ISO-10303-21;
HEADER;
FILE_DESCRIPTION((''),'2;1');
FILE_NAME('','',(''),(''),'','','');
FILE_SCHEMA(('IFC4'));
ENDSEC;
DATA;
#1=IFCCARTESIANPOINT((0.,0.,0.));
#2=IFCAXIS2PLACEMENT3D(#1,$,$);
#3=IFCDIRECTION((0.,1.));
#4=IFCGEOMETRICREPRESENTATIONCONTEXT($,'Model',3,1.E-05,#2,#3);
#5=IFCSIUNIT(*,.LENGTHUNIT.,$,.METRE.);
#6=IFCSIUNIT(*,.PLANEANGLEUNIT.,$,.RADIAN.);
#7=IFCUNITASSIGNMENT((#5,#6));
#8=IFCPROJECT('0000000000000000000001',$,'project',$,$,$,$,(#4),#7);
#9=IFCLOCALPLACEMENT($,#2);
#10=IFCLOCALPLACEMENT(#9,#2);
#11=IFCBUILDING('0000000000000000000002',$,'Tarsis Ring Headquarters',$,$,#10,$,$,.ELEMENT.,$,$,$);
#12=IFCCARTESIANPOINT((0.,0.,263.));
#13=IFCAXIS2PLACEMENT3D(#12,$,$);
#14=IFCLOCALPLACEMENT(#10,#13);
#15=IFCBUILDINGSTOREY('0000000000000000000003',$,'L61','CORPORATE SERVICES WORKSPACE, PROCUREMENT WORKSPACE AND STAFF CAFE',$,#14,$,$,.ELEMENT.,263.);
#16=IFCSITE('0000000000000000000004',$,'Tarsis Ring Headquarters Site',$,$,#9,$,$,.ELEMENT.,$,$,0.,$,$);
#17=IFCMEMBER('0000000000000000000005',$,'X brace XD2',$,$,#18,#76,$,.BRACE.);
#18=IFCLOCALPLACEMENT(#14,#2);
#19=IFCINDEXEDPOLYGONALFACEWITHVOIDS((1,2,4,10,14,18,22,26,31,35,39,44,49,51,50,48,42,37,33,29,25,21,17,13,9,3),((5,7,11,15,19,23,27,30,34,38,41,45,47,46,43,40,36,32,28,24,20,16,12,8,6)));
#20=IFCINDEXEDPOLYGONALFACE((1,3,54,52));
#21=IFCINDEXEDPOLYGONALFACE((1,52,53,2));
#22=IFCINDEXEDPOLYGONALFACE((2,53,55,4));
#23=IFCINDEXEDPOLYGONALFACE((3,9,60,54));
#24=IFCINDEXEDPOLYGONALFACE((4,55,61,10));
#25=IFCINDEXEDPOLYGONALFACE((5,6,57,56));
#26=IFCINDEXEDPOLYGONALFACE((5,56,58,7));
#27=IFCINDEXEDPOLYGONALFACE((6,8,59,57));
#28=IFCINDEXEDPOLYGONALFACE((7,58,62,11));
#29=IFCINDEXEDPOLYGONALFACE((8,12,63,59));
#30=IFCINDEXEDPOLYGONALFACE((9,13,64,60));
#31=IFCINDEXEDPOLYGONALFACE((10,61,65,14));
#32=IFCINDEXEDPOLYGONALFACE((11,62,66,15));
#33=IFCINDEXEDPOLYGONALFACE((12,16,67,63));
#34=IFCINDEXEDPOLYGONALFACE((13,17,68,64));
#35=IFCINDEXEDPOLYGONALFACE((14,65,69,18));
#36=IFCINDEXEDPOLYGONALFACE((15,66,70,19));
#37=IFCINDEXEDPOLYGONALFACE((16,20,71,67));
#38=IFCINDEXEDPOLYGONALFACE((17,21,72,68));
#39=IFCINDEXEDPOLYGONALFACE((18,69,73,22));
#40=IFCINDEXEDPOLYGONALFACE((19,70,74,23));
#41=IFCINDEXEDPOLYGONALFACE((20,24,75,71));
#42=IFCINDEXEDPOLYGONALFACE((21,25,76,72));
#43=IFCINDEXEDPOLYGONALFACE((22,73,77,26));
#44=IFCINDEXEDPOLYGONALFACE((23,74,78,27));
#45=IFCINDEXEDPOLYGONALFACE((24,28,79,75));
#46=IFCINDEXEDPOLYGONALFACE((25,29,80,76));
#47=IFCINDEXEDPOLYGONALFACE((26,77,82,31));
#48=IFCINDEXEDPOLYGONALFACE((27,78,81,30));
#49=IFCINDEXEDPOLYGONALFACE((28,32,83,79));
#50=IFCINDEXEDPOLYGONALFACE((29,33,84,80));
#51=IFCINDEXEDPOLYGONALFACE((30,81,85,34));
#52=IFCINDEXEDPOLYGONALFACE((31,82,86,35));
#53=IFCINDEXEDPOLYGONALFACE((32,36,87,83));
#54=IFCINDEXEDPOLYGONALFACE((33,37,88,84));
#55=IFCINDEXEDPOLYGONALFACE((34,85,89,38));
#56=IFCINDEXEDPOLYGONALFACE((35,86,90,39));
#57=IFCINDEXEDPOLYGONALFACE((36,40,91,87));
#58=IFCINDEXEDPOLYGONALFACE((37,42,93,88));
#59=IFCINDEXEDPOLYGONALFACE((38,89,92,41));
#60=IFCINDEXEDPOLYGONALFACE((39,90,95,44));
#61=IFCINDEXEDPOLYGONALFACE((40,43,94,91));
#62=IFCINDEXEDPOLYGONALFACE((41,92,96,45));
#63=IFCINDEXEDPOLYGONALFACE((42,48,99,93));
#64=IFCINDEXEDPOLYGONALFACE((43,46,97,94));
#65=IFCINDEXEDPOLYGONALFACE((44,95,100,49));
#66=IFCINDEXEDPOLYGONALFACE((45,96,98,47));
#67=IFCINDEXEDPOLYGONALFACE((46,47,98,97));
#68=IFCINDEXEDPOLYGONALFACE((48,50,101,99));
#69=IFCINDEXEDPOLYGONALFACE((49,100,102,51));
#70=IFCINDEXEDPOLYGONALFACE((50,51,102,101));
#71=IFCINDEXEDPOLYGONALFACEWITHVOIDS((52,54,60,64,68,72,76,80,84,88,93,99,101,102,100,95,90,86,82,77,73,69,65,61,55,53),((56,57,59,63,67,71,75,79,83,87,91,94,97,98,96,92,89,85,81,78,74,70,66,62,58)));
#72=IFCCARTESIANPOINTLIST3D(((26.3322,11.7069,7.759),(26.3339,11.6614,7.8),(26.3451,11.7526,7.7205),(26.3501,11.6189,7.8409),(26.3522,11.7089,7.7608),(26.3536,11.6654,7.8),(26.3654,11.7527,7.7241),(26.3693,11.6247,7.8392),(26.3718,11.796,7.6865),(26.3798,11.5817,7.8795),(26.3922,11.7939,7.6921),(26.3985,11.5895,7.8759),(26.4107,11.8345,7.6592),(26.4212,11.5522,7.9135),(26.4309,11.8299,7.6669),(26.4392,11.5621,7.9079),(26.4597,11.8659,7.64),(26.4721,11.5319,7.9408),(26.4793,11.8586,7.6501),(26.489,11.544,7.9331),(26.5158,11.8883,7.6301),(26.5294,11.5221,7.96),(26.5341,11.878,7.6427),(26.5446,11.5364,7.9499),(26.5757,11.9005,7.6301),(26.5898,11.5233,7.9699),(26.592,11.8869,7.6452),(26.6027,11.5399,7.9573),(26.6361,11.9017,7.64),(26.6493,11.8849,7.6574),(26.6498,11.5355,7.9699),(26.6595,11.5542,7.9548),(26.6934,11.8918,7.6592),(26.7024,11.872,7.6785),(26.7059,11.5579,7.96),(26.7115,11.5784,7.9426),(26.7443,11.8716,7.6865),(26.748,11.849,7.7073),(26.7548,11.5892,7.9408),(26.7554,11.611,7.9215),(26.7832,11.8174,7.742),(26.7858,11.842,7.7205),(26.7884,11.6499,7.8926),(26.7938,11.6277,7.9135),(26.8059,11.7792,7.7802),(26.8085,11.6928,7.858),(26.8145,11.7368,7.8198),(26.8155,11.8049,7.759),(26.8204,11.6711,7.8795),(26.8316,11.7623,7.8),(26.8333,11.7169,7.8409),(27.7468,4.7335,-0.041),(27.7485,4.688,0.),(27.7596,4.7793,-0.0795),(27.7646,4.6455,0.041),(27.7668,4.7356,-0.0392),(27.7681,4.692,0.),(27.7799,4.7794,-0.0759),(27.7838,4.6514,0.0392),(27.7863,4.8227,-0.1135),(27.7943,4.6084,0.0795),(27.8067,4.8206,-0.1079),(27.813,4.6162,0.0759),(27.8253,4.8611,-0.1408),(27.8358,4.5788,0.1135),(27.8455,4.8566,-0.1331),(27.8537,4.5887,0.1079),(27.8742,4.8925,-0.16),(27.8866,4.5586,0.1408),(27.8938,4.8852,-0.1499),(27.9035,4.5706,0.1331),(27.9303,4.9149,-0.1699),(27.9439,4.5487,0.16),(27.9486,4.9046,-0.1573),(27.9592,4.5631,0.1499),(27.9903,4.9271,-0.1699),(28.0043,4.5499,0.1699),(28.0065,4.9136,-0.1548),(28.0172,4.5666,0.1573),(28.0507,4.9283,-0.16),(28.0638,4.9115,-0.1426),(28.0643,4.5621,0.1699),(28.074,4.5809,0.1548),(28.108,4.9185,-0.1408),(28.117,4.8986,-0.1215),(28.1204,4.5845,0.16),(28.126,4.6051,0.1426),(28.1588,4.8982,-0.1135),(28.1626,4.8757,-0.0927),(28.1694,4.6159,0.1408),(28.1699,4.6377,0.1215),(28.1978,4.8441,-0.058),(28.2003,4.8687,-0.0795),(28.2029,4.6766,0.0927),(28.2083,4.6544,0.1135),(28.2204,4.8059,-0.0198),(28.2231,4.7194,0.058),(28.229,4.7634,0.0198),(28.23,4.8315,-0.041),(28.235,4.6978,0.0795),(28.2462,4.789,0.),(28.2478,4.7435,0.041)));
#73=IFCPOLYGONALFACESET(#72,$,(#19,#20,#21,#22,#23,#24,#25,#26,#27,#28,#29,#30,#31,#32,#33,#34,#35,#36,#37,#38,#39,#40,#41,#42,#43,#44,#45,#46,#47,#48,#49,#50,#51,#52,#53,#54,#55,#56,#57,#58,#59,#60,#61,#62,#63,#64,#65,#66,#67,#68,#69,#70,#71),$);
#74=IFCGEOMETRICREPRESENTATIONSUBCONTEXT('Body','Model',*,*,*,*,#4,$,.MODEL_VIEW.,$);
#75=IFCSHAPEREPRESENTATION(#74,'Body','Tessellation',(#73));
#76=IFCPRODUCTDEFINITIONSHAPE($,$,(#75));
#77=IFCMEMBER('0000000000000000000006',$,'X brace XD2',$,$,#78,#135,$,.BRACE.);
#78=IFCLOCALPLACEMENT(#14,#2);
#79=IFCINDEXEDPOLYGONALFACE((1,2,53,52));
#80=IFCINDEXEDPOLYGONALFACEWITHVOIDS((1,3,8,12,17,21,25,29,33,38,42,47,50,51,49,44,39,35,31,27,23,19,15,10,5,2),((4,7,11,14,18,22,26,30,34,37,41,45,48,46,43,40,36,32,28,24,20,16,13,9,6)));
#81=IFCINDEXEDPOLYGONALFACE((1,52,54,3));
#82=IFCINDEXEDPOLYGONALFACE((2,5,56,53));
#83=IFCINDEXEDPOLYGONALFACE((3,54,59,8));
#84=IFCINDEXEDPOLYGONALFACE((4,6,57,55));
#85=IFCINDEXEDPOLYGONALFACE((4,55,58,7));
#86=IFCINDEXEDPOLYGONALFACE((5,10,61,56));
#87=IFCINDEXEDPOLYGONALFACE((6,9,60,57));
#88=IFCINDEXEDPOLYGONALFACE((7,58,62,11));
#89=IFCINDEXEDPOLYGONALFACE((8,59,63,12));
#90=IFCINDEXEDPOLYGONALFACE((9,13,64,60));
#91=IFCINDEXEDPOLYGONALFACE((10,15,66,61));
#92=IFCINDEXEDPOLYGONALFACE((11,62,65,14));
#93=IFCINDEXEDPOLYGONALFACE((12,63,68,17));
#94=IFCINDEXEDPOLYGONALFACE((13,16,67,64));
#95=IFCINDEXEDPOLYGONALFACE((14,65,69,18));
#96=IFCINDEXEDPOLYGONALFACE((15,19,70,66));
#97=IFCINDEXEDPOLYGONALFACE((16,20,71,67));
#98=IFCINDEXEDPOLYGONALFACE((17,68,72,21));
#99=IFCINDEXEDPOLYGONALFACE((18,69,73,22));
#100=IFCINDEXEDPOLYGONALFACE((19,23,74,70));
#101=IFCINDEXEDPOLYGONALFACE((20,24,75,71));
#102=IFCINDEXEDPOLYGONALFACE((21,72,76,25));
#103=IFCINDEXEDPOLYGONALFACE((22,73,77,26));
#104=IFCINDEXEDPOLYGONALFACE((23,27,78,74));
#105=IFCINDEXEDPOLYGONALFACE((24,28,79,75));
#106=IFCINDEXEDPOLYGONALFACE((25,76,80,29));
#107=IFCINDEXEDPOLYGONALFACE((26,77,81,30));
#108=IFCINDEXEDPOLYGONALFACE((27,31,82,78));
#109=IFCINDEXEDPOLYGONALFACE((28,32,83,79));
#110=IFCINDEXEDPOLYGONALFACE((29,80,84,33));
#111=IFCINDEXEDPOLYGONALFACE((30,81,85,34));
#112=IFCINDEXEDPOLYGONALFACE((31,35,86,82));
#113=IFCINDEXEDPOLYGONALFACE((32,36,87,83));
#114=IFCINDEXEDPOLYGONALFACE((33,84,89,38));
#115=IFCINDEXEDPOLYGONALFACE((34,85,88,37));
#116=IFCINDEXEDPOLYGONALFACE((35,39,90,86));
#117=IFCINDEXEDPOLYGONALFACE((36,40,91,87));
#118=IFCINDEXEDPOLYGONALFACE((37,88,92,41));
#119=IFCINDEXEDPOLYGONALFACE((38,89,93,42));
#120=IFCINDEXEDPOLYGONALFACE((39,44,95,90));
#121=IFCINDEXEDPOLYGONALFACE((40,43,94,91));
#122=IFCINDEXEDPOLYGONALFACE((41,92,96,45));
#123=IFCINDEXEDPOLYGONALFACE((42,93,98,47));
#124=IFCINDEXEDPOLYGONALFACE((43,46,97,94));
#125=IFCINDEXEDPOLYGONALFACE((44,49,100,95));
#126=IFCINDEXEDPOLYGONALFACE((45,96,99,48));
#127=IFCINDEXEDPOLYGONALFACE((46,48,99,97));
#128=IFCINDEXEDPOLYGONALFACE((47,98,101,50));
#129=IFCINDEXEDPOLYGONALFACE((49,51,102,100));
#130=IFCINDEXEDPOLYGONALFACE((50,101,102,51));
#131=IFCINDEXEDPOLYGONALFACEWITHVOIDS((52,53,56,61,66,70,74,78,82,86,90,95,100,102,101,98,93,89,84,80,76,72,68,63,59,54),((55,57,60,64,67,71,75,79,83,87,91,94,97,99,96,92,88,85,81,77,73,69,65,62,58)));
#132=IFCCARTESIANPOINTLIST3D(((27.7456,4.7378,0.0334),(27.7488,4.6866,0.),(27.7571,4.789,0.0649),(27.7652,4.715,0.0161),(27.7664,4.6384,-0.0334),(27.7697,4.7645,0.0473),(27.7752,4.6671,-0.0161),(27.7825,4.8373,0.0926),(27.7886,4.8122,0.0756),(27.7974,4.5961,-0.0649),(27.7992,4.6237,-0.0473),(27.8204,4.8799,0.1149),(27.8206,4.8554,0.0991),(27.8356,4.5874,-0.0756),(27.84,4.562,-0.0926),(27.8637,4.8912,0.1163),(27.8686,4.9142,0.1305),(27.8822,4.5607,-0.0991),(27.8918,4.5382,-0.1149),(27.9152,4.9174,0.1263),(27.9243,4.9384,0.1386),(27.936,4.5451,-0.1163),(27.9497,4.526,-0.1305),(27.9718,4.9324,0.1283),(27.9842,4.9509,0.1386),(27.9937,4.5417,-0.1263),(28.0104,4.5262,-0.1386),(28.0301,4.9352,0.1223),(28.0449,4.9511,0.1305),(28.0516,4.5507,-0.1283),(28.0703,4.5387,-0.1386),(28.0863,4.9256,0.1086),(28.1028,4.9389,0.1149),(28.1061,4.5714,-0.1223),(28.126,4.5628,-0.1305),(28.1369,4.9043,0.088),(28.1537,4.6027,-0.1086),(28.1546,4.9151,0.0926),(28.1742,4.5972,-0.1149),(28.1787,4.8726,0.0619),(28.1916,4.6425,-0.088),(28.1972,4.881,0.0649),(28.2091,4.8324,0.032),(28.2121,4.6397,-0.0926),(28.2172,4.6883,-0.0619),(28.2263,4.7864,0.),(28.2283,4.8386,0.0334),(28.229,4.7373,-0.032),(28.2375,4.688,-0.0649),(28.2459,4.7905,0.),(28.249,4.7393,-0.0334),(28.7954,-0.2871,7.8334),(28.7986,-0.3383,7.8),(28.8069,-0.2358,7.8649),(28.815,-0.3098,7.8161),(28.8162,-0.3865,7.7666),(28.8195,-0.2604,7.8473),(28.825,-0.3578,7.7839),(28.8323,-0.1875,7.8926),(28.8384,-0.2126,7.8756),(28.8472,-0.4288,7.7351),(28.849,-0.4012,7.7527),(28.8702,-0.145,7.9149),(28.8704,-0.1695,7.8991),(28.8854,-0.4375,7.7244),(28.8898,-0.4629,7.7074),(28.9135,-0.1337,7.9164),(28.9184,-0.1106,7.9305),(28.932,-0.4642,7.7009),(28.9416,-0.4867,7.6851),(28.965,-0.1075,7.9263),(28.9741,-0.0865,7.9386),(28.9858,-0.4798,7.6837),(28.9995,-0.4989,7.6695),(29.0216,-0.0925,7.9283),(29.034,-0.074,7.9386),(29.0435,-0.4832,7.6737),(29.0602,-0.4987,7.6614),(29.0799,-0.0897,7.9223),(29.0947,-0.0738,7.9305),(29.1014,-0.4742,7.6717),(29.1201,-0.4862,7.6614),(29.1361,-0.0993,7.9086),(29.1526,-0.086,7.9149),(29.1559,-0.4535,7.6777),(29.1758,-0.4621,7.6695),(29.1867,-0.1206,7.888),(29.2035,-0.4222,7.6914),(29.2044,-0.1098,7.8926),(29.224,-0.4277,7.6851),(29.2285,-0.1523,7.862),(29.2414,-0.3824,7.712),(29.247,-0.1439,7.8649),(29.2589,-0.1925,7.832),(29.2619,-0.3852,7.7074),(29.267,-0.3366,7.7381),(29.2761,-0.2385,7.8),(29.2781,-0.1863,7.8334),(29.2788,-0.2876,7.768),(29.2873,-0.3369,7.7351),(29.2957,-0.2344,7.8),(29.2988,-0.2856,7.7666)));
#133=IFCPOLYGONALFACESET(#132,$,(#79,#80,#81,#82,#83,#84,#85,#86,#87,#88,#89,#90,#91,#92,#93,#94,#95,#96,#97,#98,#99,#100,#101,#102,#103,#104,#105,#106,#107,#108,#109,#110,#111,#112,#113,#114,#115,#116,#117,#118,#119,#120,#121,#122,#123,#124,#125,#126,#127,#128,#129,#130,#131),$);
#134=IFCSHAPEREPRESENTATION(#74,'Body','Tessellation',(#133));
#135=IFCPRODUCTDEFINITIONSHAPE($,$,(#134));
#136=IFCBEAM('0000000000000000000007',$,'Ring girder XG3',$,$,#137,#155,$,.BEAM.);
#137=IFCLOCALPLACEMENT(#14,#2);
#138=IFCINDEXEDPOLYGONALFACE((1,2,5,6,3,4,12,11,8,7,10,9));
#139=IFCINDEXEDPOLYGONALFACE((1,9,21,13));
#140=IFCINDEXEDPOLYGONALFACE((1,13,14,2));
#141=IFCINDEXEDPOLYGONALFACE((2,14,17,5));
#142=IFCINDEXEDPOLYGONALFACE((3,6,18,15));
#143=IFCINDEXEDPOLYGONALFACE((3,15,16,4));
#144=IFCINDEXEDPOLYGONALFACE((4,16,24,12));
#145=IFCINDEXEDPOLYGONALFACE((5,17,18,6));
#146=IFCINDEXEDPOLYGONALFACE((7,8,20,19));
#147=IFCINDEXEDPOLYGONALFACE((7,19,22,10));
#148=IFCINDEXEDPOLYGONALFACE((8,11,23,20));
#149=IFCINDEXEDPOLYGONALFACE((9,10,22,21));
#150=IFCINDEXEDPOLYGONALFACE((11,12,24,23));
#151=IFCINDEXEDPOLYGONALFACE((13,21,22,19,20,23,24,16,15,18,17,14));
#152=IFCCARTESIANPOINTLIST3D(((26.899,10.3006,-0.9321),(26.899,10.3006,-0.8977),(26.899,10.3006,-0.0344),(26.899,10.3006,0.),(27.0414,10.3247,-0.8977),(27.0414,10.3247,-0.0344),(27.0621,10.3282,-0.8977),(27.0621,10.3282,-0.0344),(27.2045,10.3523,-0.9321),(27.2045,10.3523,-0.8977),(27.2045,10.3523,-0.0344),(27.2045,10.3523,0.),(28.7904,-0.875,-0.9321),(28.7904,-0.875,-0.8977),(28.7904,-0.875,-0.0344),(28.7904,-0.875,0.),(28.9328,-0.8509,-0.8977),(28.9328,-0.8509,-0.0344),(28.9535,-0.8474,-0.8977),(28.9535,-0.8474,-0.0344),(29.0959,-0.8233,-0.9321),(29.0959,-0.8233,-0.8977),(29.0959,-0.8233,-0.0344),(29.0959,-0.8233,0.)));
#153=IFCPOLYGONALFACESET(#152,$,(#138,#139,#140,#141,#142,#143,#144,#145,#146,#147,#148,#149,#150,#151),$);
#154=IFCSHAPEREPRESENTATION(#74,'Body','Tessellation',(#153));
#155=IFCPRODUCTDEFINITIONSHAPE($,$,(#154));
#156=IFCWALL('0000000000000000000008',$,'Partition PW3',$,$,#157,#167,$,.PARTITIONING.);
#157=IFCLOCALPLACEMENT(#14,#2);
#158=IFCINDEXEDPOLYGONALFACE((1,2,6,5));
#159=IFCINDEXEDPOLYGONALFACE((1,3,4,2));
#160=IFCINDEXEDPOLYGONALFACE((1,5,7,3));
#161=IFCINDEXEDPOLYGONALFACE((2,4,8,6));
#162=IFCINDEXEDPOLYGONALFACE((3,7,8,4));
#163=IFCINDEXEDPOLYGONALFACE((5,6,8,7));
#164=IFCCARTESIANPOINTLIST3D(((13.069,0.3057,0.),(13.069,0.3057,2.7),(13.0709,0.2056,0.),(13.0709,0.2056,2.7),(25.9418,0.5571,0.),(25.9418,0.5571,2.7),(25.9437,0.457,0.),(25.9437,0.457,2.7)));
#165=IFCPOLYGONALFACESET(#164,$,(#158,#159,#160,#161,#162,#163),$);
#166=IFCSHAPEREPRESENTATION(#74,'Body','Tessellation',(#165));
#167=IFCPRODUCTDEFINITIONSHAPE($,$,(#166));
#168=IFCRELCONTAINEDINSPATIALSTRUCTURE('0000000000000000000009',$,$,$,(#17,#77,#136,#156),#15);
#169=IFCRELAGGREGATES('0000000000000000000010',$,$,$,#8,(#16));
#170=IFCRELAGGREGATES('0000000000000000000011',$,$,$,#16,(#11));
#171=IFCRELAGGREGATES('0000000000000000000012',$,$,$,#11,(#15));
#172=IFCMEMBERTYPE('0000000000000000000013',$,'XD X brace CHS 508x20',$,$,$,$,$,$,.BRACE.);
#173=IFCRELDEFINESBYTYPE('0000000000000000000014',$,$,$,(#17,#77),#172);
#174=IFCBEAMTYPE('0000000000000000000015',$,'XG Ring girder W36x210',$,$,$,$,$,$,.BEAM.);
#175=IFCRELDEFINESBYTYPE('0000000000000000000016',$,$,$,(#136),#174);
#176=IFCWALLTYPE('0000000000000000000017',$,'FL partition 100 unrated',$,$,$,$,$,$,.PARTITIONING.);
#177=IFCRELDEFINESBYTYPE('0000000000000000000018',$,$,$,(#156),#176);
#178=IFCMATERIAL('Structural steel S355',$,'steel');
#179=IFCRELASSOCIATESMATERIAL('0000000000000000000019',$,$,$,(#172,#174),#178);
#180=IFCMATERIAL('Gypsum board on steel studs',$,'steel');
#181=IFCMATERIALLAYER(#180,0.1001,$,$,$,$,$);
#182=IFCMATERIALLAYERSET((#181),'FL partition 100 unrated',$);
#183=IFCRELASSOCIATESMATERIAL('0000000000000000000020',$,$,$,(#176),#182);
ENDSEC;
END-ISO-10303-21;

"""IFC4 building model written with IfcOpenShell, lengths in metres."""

from ifc_helpers import new_model, si_unit, direction, frame, frame_2d, origin, origin_2d, place, context, subcontext, project, spatial, rectangle, hollow_circle, i_section, extrude, material, layer, layer_set, material_profile, profile_set, type_object, element, save


model = new_model("IFC4")

# Units and contexts
model_context = context("Model", 3, precision=1e-05, world=origin(), true_north=direction((0.0, 1.0)))
body_context = subcontext(model_context, "Body", "Model", "MODEL_VIEW")
ifc_project = project(units=[si_unit("LENGTHUNIT", "METRE"), si_unit("PLANEANGLEUNIT", "RADIAN")], contexts=[model_context])

# Site, building, storey
site_placement = place(None, origin())
site = spatial("IfcSite", under=ifc_project, at=site_placement, Name="Tarsis Ring Headquarters Site", CompositionType="ELEMENT", RefElevation=0.0)
building_placement = place(site_placement, origin())
building = spatial("IfcBuilding", under=site, at=building_placement, Name="Tarsis Ring Headquarters", CompositionType="ELEMENT")
storey_placement = place(building_placement, frame((0.0, 0.0, 263.0)))
storey = spatial("IfcBuildingStorey", under=building, at=storey_placement, Name="L61", Description="CORPORATE SERVICES WORKSPACE, PROCUREMENT WORKSPACE AND STAFF CAFE", CompositionType="ELEMENT", Elevation=263.0)

# Shared definitions
ifc_material_1 = material(Name="Structural steel S355", Category="steel")

# Members
ifc_material_profile_1 = material_profile(ifc_material_1, hollow_circle(Radius=0.2539, WallThickness=0.02, at=origin_2d()), Name="CHS 508x20")
ifc_profile_set_1 = profile_set([ifc_material_profile_1], Name="Structural steel S355")
member_type = type_object("IfcMemberType", Name="XD X brace CHS 508x20", PredefinedType="BRACE", material=ifc_profile_set_1)
member_1_placement = place(storey_placement, frame((27.9973, 4.7385, 0.0), z_axis=(-0.13398, 0.660488, 0.738786), x_axis=(-0.98004, -0.198801, 0.0)))
element("IfcMember", 1, at=member_1_placement, inside=storey, type_object=member_type, Name="X brace XD2", PredefinedType="BRACE", context=body_context, shape_type="SweptSolid", body=[
    extrude(hollow_circle(Radius=0.2539, WallThickness=0.02, at=origin_2d()), origin(), (0.0, 0.0, 1.0), 10.5579),
])
member_2_placement = place(storey_placement, frame((27.9973, 4.7385, 0.0), z_axis=(0.112427, -0.538131, 0.835329), x_axis=(0.978866, 0.204505, 0.0)))
element("IfcMember", 2, at=member_2_placement, inside=storey, type_object=member_type, Name="X brace XD2", PredefinedType="BRACE", context=body_context, shape_type="SweptSolid", body=[
    extrude(hollow_circle(Radius=0.2539, WallThickness=0.02, at=origin_2d()), origin(), (0.0, 0.0, 1.0), 9.3376),
])

# Beam
ifc_material_profile_2 = material_profile(ifc_material_1, i_section(OverallWidth=0.3098, OverallDepth=0.9321, WebThickness=0.021, FlangeThickness=0.0344, at=origin_2d()), Name="W36x210")
ifc_profile_set_2 = profile_set([ifc_material_profile_2], Name="Structural steel S355")
beam_type_1 = type_object("IfcBeamType", Name="XG Ring girder W36x210", PredefinedType="BEAM", material=ifc_profile_set_2)
beam_1_placement = place(storey_placement, frame((28.9431, -0.8491, -0.4661), z_axis=(-0.166868, 0.985979, 0.0), x_axis=(-0.985979, -0.166868, 0.0)))
element("IfcBeam", 3, at=beam_1_placement, inside=storey, type_object=beam_type_1, Name="Ring girder XG3", PredefinedType="BEAM", context=body_context, shape_type="SweptSolid", body=[
    extrude(i_section(OverallWidth=0.3098, OverallDepth=0.9321, WebThickness=0.021, FlangeThickness=0.0344, at=origin_2d()), origin(), (0.0, 0.0, 1.0), 11.3345),
])

# Wall
ifc_material_2 = material(Name="Gypsum board on steel studs", Category="steel")
ifc_layer_1 = layer(ifc_material_2, 0.1001)
ifc_layer_set_1 = layer_set([ifc_layer_1], Name="FL partition 100 unrated")
wall_type_1 = type_object("IfcWallType", Name="FL partition 100 unrated", PredefinedType="PARTITIONING", material=ifc_layer_set_1)
wall_1_placement = place(storey_placement, frame((13.0701, 0.2556, 0.0), z_axis=(0.0, 0.0, 1.0), x_axis=(0.999809, 0.019531, 0.0)))
element("IfcWall", 4, at=wall_1_placement, inside=storey, type_object=wall_type_1, Name="Partition PW3", PredefinedType="PARTITIONING", context=body_context, shape_type="SweptSolid", body=[
    extrude(rectangle(XDim=12.8752, YDim=0.1001, at=frame_2d((6.4375, 0.0))), origin(), (0.0, 0.0, 1.0), 2.7),
])

save(model, "model.ifc")
